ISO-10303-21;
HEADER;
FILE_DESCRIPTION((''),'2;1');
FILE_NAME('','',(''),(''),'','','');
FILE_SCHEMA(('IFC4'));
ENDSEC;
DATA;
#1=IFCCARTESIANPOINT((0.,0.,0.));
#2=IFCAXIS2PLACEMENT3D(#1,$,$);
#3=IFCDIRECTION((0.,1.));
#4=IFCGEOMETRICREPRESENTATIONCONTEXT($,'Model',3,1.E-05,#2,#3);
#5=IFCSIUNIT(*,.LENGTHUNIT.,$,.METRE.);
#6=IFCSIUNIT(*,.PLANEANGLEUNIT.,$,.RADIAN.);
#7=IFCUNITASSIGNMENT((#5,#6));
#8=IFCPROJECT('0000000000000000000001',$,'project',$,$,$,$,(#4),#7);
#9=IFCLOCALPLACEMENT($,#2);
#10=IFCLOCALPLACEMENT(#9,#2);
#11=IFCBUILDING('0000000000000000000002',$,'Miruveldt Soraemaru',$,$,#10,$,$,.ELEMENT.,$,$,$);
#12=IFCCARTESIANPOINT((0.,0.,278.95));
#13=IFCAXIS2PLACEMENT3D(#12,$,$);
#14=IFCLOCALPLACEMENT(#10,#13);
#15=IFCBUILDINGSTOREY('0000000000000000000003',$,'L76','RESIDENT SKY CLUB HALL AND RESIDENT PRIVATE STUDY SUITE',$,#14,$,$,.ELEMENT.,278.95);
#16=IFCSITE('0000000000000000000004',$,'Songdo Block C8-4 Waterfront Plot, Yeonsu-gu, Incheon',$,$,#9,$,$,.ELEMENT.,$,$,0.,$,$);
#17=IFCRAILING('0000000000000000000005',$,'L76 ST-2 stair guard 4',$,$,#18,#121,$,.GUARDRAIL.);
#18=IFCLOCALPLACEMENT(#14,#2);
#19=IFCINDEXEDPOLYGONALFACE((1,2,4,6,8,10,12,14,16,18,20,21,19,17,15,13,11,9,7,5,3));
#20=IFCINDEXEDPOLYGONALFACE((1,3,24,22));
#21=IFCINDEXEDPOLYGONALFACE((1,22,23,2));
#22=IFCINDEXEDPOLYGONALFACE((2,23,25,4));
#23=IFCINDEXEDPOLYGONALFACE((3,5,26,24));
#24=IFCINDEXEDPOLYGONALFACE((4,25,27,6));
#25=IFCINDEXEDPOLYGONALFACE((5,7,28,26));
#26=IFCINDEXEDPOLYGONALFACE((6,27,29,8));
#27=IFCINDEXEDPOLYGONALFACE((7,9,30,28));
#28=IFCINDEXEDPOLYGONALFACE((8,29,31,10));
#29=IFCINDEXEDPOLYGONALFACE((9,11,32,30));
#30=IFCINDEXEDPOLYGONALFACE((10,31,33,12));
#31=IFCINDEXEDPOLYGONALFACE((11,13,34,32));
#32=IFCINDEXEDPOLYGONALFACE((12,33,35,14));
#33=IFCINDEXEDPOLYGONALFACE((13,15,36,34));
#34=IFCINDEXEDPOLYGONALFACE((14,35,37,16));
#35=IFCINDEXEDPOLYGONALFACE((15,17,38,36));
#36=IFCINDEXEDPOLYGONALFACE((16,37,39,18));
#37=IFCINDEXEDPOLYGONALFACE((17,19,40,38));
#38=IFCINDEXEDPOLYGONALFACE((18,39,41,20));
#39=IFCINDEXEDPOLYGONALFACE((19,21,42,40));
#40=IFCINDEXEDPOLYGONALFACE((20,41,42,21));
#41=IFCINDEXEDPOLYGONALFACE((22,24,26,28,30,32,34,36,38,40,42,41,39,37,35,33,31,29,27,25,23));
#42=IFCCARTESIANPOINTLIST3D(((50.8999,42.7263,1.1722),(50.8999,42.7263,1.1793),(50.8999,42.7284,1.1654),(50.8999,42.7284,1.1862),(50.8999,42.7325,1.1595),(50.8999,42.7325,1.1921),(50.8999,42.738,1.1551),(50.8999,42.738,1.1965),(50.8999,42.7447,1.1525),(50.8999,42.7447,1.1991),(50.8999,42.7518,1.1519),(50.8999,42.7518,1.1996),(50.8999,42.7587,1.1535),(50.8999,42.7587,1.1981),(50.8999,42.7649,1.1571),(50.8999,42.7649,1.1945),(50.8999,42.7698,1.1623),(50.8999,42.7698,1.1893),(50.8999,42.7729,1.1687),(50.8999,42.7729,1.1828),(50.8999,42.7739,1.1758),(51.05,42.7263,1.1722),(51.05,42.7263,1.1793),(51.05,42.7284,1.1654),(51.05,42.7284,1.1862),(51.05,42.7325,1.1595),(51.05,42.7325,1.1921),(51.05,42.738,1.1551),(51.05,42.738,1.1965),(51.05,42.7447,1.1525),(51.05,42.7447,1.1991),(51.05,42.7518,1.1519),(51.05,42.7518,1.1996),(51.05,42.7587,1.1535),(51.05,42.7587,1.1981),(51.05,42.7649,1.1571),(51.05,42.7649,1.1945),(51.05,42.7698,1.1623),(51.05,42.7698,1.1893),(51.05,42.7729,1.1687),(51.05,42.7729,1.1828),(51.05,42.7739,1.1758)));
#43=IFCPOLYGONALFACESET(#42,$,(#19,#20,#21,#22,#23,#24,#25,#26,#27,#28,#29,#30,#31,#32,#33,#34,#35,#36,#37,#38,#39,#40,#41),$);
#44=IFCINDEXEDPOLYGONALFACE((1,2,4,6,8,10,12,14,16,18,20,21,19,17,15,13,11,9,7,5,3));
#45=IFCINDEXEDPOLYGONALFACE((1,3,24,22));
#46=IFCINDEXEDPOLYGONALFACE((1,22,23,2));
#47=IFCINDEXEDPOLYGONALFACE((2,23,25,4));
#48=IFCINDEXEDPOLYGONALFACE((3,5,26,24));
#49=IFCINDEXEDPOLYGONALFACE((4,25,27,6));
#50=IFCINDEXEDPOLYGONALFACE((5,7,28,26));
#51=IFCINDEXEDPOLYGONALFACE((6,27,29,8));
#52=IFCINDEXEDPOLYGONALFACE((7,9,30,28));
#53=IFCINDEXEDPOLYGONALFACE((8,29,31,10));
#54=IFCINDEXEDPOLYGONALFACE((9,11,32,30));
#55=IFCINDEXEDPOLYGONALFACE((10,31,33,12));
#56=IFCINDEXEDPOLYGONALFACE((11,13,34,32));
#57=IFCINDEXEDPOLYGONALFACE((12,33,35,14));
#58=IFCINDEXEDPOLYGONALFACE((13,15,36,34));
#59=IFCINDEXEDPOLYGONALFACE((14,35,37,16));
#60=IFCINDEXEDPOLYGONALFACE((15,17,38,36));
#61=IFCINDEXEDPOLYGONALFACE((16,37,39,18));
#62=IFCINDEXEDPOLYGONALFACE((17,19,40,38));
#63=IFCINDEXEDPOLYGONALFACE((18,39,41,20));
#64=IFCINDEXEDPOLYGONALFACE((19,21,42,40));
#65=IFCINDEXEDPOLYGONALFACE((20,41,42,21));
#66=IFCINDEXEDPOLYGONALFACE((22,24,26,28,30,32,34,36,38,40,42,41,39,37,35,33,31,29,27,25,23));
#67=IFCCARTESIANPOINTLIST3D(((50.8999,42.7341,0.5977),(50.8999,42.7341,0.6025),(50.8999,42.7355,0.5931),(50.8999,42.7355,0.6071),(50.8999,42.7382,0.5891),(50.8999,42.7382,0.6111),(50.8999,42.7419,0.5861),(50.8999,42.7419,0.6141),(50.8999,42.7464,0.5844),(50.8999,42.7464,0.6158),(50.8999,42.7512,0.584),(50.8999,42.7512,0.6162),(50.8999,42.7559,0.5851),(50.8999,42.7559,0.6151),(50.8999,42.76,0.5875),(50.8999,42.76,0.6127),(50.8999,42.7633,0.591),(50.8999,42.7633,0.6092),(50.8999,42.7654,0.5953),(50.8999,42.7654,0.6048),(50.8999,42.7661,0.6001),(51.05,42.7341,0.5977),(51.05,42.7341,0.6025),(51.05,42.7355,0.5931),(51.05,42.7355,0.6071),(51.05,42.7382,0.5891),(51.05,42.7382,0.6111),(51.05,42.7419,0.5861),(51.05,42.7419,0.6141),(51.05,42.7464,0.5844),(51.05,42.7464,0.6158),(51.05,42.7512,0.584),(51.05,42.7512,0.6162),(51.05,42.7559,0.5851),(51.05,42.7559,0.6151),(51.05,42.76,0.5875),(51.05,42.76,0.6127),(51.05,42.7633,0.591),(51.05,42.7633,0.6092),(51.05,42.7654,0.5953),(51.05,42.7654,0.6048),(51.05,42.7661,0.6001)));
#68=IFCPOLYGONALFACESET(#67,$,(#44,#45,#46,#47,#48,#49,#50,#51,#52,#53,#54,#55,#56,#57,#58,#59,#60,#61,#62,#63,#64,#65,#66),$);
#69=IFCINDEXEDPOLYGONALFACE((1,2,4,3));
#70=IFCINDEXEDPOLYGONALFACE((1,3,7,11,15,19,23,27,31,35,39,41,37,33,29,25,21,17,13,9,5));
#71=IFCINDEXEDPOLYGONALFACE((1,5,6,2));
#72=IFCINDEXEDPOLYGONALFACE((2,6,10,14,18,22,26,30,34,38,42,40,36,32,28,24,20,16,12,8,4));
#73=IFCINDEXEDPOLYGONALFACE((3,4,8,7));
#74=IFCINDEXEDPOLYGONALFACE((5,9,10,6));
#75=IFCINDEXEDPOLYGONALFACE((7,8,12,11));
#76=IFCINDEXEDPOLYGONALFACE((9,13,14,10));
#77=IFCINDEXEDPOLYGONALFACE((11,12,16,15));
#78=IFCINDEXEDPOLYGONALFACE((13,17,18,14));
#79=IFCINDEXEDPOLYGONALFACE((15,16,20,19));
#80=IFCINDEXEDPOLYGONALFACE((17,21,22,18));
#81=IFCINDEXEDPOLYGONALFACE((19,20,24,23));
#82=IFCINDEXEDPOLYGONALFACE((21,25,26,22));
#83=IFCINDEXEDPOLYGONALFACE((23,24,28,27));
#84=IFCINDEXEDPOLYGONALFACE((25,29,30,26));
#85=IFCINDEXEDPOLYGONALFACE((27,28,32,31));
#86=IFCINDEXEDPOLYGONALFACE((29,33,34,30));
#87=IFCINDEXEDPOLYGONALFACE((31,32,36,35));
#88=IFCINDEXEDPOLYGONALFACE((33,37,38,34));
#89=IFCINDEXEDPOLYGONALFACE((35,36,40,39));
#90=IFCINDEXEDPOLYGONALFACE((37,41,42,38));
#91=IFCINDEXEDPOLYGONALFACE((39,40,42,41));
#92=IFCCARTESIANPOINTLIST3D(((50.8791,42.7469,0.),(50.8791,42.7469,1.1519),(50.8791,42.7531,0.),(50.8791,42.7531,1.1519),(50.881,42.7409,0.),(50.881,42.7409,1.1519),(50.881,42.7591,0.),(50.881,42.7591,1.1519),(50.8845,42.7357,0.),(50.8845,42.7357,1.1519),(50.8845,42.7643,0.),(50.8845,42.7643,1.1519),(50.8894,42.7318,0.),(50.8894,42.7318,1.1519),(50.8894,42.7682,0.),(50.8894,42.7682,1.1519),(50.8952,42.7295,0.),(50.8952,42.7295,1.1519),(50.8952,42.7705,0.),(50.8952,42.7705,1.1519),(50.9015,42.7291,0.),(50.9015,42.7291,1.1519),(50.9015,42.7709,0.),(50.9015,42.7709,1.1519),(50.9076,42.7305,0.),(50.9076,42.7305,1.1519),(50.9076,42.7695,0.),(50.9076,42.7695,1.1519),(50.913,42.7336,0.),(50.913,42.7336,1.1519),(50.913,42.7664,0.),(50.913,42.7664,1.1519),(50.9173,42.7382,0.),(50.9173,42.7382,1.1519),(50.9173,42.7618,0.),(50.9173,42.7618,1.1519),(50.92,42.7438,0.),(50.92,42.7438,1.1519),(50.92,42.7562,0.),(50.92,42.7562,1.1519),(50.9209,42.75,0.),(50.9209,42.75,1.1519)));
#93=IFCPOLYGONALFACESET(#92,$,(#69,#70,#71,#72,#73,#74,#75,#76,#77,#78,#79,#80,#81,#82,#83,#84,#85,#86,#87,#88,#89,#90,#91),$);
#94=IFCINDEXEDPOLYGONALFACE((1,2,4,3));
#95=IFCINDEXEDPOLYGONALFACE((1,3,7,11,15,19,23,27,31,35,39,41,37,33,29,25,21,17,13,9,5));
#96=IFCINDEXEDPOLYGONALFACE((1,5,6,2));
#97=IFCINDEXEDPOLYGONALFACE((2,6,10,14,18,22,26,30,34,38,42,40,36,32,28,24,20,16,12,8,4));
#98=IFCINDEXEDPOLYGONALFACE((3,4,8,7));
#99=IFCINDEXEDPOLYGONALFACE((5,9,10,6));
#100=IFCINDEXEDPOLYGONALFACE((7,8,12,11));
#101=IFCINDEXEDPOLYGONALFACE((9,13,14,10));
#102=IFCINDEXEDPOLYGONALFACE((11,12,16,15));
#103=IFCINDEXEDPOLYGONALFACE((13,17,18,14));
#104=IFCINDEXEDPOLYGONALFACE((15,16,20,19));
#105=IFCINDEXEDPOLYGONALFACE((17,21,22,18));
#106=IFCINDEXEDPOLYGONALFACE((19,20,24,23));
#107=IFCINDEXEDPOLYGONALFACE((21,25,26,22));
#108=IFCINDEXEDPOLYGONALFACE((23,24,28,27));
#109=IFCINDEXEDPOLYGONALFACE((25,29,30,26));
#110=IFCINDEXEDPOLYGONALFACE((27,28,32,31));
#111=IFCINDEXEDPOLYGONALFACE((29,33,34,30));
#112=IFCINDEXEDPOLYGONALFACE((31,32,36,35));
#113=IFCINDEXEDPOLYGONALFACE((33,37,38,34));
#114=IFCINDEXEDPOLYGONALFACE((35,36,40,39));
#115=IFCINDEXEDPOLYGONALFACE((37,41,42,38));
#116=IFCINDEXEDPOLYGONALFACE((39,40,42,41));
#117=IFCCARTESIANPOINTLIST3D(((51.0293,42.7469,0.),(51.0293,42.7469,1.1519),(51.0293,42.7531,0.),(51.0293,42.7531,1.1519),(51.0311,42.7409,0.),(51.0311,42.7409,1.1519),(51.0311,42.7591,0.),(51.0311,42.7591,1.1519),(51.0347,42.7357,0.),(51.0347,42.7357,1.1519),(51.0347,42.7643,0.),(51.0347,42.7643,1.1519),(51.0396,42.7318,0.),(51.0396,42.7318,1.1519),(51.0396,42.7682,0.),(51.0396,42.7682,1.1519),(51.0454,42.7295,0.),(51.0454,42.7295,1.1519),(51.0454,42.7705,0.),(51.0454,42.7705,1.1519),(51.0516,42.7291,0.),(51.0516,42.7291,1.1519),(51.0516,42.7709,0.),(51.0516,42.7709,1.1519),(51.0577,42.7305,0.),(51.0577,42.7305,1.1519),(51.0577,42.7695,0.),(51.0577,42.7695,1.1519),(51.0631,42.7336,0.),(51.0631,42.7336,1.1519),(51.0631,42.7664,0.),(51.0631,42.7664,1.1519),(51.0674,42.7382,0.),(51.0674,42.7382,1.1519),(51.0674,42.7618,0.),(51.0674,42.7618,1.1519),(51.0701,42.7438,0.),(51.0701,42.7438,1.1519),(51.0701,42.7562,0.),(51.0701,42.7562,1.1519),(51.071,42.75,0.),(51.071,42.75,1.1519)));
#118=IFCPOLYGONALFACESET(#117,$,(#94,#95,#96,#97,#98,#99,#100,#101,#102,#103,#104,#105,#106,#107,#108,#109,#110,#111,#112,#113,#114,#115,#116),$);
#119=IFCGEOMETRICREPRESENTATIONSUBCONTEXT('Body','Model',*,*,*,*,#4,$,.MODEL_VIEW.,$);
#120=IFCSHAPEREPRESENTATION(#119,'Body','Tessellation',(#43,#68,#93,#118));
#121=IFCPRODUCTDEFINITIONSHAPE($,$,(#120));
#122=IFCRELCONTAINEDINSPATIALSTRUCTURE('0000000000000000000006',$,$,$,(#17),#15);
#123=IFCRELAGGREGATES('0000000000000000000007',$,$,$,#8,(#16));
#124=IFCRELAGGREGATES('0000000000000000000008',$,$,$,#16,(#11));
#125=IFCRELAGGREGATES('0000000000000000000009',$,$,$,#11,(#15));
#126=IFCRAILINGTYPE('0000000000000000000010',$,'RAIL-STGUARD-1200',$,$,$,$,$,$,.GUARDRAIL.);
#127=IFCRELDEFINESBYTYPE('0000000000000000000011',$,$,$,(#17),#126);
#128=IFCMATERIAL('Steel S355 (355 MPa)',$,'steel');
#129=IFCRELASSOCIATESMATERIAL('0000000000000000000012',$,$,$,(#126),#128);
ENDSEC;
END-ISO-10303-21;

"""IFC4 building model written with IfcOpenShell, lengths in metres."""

from ifc_helpers import new_model, si_unit, direction, frame, origin, origin_2d, place, context, subcontext, project, spatial, circle, extrude, material, type_object, element, save


model = new_model("IFC4")

# Units and contexts
model_context = context("Model", 3, precision=1e-05, world=origin(), true_north=direction((0.0, 1.0)))
body_context = subcontext(model_context, "Body", "Model", "MODEL_VIEW")
ifc_project = project(units=[si_unit("LENGTHUNIT", "METRE"), si_unit("PLANEANGLEUNIT", "RADIAN")], contexts=[model_context])

# Site, building, storey
site_placement = place(None, origin())
site = spatial("IfcSite", under=ifc_project, at=site_placement, Name="Songdo Block C8-4 Waterfront Plot, Yeonsu-gu, Incheon", CompositionType="ELEMENT", RefElevation=0.0)
building_placement = place(site_placement, origin())
building = spatial("IfcBuilding", under=site, at=building_placement, Name="Miruveldt Soraemaru", CompositionType="ELEMENT")
storey_placement = place(building_placement, frame((0.0, 0.0, 278.95)))
storey = spatial("IfcBuildingStorey", under=building, at=storey_placement, Name="L76", Description="RESIDENT SKY CLUB HALL AND RESIDENT PRIVATE STUDY SUITE", CompositionType="ELEMENT", Elevation=278.95)

# Railing
ifc_material_1 = material(Name="Steel S355 (355 MPa)", Category="steel")
railing_type_1 = type_object("IfcRailingType", Name="RAIL-STGUARD-1200", PredefinedType="GUARDRAIL", material=ifc_material_1)
railing_1_placement = place(storey_placement, frame((50.8999, 42.75, 0.0)))
element("IfcRailing", 1, at=railing_1_placement, inside=storey, type_object=railing_type_1, Name="L76 ST-2 stair guard 4", PredefinedType="GUARDRAIL", context=body_context, shape_type="SweptSolid", body=[
    extrude(circle(Radius=0.0239, at=origin_2d()), frame((0.0, 0.0, 1.1758), z_axis=(1.0, 0.0, 0.0), x_axis=(0.0, 1.0, 0.0)), (0.0, 0.0, 1.0), 0.1501),
    extrude(circle(Radius=0.0161, at=origin_2d()), frame((0.0, 0.0, 0.6001), z_axis=(1.0, 0.0, 0.0), x_axis=(0.0, 1.0, 0.0)), (0.0, 0.0, 1.0), 0.1501),
    extrude(circle(Radius=0.021, at=origin_2d()), origin(), (0.0, 0.0, 1.0), 1.1519),
    extrude(circle(Radius=0.021, at=origin_2d()), frame((0.1501, 0.0, 0.0)), (0.0, 0.0, 1.0), 1.1519),
])

save(model, "model.ifc")
